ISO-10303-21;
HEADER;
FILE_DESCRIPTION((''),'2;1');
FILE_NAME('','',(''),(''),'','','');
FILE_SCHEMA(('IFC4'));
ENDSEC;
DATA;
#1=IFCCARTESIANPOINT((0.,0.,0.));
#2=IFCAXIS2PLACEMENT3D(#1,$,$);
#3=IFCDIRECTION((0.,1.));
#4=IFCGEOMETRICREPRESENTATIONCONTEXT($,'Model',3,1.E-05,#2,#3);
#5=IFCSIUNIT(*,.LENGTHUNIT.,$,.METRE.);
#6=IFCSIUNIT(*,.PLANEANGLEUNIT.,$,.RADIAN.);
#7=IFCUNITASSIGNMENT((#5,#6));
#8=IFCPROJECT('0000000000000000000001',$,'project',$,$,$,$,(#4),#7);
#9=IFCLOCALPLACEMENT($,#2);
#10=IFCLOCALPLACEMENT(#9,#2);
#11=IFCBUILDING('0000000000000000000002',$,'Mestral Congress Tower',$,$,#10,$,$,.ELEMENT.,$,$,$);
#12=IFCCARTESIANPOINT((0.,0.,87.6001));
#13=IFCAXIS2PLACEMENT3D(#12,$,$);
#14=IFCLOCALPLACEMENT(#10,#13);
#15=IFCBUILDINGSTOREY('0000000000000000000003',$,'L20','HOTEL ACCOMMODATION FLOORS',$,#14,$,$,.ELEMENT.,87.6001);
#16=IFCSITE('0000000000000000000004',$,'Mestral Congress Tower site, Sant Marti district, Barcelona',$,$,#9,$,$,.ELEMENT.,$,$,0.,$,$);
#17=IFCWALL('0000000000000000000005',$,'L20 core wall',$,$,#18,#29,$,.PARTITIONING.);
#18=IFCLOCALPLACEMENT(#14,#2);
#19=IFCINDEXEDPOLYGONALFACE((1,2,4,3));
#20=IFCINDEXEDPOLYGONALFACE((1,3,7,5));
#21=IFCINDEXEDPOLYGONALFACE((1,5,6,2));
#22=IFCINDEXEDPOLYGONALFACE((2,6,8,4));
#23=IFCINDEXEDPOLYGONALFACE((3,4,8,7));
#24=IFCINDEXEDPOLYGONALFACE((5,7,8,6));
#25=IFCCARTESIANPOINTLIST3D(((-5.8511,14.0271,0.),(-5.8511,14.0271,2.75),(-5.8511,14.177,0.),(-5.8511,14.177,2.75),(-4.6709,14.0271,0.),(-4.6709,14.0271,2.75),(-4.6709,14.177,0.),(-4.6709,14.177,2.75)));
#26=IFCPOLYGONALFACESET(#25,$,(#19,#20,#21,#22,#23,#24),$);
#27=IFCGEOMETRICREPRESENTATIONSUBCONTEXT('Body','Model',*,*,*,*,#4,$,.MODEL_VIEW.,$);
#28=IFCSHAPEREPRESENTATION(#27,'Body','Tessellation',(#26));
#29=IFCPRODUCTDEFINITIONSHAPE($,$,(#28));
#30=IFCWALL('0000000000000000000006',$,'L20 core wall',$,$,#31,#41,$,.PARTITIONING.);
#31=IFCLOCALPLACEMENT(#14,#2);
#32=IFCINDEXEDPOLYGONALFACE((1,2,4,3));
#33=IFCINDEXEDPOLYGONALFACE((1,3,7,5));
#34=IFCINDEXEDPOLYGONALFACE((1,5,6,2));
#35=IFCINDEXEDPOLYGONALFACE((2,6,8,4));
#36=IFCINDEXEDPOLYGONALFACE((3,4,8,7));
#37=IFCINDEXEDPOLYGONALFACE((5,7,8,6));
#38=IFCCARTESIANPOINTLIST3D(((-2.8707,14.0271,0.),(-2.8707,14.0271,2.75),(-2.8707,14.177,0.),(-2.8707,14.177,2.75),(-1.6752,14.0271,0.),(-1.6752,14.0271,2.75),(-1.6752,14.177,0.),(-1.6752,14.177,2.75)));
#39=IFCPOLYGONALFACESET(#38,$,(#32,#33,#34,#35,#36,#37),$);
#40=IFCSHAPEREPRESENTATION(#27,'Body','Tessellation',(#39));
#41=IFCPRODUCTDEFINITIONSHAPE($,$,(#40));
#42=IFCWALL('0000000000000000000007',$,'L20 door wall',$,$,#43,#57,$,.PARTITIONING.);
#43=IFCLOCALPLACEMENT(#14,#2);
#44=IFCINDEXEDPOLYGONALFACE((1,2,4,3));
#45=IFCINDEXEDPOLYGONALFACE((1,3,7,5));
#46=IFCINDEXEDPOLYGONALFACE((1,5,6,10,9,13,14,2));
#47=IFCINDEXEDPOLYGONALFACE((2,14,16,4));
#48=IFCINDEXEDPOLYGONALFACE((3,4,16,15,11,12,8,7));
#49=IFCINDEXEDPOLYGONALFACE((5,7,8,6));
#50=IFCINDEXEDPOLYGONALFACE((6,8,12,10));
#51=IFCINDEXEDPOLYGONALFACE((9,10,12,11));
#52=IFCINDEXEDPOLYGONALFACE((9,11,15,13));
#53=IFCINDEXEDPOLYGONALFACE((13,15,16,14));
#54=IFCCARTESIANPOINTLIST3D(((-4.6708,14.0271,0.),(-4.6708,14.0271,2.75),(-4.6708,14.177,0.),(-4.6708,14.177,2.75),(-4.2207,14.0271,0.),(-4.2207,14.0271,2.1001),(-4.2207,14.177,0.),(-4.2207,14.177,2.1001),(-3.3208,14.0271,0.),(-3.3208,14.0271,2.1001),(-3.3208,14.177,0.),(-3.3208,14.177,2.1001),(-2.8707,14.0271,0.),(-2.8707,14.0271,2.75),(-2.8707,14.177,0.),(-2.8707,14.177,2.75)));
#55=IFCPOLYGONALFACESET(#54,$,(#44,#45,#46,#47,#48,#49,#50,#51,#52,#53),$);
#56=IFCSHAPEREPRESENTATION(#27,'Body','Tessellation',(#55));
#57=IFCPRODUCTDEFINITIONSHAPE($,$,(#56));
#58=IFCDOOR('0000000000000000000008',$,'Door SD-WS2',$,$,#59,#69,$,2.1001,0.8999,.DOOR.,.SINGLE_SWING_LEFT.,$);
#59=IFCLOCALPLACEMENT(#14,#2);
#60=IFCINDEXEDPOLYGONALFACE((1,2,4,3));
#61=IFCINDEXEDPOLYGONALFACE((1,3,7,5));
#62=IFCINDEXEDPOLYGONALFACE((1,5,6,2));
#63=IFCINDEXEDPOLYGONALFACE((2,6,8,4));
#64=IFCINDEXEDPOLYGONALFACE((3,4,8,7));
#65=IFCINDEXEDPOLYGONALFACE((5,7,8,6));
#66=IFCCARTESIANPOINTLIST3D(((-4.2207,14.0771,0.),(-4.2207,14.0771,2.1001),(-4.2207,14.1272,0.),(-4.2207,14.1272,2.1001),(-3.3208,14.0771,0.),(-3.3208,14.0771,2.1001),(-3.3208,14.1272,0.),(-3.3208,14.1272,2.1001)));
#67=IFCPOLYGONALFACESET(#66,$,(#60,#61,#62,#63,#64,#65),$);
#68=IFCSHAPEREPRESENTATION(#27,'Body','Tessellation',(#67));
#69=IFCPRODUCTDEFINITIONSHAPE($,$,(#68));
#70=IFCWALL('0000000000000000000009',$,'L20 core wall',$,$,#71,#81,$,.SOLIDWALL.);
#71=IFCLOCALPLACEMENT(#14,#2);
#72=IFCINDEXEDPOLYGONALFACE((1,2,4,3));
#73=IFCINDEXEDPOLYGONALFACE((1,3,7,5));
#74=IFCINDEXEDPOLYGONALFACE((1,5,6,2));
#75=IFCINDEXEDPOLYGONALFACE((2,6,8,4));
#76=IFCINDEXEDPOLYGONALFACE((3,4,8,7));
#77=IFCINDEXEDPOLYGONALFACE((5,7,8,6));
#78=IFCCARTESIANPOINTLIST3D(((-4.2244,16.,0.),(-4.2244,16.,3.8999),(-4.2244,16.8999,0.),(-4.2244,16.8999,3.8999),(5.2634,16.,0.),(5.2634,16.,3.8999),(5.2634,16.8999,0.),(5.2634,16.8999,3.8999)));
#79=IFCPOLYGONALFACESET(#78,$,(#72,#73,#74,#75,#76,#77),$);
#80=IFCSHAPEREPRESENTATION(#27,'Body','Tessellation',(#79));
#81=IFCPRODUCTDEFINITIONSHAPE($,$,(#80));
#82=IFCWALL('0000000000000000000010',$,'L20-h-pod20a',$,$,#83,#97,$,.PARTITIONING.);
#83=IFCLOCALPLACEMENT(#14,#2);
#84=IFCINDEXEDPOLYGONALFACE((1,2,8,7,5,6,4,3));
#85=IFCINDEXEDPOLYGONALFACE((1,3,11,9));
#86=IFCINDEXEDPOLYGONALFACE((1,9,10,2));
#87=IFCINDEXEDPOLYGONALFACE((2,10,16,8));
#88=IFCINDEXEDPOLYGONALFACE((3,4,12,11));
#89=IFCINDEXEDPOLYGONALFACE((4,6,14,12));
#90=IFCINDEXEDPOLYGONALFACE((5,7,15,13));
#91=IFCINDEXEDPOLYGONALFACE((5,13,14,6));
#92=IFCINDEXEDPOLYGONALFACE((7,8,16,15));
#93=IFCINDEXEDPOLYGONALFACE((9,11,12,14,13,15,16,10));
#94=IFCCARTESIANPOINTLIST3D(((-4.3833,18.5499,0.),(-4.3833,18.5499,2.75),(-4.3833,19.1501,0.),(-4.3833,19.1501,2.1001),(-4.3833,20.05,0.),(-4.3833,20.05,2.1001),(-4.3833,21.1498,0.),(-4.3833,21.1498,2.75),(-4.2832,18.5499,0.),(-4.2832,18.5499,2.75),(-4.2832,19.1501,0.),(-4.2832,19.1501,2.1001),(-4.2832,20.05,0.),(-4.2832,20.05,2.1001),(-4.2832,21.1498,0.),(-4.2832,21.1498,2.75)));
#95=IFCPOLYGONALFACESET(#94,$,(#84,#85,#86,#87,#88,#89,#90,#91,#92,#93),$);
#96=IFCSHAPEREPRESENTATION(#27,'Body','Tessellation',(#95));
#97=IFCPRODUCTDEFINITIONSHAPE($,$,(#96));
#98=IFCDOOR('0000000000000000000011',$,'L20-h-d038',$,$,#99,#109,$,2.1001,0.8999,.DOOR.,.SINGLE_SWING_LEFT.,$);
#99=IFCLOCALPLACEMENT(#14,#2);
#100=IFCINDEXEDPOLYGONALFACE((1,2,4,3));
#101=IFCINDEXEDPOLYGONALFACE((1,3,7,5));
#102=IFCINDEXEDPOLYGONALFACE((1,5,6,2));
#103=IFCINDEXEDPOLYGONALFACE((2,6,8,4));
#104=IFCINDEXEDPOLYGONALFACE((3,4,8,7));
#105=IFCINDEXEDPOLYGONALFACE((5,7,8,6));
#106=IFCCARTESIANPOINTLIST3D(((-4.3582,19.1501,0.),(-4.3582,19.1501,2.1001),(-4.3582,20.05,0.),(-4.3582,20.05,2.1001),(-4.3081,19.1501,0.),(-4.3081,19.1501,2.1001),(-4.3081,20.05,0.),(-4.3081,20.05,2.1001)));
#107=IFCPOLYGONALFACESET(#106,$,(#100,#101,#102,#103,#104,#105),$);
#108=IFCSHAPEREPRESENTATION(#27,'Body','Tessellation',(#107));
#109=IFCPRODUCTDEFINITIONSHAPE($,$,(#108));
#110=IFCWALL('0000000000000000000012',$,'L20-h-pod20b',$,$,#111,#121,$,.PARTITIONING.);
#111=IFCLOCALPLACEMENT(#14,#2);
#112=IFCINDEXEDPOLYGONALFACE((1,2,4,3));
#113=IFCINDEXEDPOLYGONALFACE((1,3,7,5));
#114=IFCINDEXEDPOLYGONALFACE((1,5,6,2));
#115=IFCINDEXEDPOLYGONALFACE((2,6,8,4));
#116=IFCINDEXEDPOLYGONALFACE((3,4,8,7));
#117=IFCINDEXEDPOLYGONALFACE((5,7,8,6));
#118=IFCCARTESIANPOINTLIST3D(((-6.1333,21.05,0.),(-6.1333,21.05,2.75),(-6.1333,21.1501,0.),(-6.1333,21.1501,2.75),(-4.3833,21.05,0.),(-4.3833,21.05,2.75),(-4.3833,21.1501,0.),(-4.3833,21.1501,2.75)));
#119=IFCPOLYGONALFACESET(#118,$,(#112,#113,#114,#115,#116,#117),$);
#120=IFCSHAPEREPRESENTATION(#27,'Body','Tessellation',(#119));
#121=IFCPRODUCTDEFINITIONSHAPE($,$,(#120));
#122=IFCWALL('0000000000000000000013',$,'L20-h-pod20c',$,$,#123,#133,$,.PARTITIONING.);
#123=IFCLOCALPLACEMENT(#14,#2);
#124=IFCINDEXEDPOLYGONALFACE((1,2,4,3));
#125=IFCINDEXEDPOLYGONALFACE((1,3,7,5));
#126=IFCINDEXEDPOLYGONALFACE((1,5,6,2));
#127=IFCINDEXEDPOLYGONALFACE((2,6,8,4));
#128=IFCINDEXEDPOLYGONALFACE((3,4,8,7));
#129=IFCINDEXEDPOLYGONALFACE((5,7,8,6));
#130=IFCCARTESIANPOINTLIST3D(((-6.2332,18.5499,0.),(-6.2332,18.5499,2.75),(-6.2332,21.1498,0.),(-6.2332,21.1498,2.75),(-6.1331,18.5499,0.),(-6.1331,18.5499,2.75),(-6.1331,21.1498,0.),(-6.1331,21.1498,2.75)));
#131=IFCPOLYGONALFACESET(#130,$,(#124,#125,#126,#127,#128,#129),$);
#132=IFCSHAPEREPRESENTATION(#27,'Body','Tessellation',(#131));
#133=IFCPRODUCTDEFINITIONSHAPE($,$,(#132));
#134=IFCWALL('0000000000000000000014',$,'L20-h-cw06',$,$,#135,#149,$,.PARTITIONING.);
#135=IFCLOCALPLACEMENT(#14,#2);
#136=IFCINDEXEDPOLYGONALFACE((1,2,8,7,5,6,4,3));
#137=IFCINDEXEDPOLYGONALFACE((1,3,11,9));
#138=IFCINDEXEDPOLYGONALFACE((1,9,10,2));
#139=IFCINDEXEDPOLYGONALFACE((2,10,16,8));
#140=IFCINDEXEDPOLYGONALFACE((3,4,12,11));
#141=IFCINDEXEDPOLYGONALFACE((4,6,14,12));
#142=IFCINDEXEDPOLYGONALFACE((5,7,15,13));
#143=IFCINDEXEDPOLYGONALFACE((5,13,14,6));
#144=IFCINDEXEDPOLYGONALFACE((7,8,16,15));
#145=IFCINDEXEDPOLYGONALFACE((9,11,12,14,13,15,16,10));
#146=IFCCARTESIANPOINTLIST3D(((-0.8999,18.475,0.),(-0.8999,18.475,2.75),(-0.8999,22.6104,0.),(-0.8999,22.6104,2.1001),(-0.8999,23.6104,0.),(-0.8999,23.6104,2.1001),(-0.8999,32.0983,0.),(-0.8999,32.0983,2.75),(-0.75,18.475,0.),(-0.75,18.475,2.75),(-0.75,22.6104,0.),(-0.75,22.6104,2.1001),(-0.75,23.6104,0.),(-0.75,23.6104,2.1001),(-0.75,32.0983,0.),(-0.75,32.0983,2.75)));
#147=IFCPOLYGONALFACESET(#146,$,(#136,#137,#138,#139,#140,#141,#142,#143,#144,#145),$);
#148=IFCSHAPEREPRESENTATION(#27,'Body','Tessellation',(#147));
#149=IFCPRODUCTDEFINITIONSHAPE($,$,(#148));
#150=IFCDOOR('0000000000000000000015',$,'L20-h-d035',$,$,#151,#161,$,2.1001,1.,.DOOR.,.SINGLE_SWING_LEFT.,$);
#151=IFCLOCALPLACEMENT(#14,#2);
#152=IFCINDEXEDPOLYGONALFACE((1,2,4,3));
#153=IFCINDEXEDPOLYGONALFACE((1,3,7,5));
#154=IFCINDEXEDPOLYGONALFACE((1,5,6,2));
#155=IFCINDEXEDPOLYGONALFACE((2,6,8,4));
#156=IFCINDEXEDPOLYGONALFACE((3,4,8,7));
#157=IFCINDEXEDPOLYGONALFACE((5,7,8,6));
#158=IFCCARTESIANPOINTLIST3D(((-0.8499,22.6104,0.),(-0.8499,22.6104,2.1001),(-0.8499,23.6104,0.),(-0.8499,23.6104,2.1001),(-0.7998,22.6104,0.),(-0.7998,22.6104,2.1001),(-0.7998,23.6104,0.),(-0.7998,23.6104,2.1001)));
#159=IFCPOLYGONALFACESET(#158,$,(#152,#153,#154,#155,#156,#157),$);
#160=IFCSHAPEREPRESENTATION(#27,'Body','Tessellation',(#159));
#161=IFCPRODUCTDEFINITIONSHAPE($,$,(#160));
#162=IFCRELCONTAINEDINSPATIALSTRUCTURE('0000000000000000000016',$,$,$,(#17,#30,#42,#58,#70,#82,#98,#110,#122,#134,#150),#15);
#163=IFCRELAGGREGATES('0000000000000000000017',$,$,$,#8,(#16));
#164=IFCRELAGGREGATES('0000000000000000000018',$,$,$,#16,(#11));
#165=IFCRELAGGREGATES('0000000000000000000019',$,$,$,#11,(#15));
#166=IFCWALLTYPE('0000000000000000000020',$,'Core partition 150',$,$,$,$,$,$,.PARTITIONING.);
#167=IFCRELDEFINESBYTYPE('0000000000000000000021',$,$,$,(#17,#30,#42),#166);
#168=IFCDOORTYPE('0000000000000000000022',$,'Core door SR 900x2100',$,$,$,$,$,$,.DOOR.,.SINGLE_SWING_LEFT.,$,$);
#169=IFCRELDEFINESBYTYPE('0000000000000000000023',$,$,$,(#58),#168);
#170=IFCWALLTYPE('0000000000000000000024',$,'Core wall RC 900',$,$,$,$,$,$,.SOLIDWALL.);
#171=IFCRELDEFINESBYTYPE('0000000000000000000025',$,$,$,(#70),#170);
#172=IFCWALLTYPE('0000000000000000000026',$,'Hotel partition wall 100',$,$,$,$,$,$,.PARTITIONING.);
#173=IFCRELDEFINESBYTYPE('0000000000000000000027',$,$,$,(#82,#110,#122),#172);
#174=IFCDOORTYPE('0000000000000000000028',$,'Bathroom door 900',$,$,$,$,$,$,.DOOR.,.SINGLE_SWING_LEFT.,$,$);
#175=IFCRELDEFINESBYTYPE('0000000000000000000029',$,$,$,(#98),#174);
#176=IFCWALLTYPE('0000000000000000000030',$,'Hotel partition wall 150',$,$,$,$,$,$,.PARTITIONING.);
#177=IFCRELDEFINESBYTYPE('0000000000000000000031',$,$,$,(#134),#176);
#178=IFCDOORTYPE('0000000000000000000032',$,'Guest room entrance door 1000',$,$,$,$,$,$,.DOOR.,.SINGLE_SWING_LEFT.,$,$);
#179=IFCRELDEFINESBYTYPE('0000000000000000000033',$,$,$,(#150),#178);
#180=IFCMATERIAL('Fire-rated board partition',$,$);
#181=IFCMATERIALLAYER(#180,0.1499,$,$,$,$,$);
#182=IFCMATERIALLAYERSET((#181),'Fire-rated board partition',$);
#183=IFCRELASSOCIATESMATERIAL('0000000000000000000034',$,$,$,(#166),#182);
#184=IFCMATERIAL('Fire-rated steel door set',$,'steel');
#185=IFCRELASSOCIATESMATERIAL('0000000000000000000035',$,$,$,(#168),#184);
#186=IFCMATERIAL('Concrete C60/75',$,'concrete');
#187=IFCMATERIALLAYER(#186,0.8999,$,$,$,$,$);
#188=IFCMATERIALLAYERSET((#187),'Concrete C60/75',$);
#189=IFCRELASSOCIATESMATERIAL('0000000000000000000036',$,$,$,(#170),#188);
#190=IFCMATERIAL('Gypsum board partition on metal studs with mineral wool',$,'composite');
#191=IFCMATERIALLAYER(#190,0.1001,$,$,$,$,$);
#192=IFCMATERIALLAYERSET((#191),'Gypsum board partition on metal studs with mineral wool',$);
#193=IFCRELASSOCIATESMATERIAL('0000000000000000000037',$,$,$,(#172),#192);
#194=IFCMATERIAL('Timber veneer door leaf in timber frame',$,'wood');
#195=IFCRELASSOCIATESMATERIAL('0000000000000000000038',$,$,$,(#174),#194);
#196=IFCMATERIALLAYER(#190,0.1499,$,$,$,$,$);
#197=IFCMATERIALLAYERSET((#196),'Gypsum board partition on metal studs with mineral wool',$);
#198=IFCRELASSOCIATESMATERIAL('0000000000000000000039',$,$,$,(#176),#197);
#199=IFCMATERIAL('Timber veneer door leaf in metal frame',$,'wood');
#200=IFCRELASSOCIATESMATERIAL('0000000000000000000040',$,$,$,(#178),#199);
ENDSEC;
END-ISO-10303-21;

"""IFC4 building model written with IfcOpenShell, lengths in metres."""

from ifc_helpers import new_model, si_unit, direction, frame, frame_2d, origin, place, context, subcontext, project, spatial, rectangle, extrude, material, layer, layer_set, type_object, element, fill, save


model = new_model("IFC4")

# Units and contexts
model_context = context("Model", 3, precision=1e-05, world=origin(), true_north=direction((0.0, 1.0)))
body_context = subcontext(model_context, "Body", "Model", "MODEL_VIEW")
ifc_project = project(units=[si_unit("LENGTHUNIT", "METRE"), si_unit("PLANEANGLEUNIT", "RADIAN")], contexts=[model_context])

# Site, building, storey
site_placement = place(None, origin())
site = spatial("IfcSite", under=ifc_project, at=site_placement, Name="Mestral Congress Tower site, Sant Marti district, Barcelona", CompositionType="ELEMENT", RefElevation=0.0)
building_placement = place(site_placement, origin())
building = spatial("IfcBuilding", under=site, at=building_placement, Name="Mestral Congress Tower", CompositionType="ELEMENT")
storey_placement = place(building_placement, frame((0.0, 0.0, 87.6001)))
storey = spatial("IfcBuildingStorey", under=building, at=storey_placement, Name="L20", Description="HOTEL ACCOMMODATION FLOORS", CompositionType="ELEMENT", Elevation=87.6001)

# Walls
ifc_material_1 = material(Name="Fire-rated board partition")
ifc_layer_1 = layer(ifc_material_1, 0.1499)
ifc_layer_set_1 = layer_set([ifc_layer_1], Name="Fire-rated board partition")
wall_type_1 = type_object("IfcWallType", Name="Core partition 150", PredefinedType="PARTITIONING", material=ifc_layer_set_1)
wall_1_placement = place(storey_placement, frame((-5.8511, 14.1021, 0.0), z_axis=(0.0, 0.0, 1.0), x_axis=(1.0, 0.0, 0.0)))
element("IfcWall", 1, at=wall_1_placement, inside=storey, type_object=wall_type_1, Name="L20 core wall", PredefinedType="PARTITIONING", context=body_context, shape_type="SweptSolid", body=[
    extrude(rectangle(XDim=1.1802, YDim=0.1499, at=frame_2d((0.5901, 0.0))), origin(), (0.0, 0.0, 1.0), 2.75),
])
wall_2_placement = place(storey_placement, frame((-2.8706, 14.1021, 0.0), z_axis=(0.0, 0.0, 1.0), x_axis=(1.0, 0.0, 0.0)))
element("IfcWall", 2, at=wall_2_placement, inside=storey, type_object=wall_type_1, Name="L20 core wall", PredefinedType="PARTITIONING", context=body_context, shape_type="SweptSolid", body=[
    extrude(rectangle(XDim=1.1956, YDim=0.1499, at=frame_2d((0.5977, 0.0))), origin(), (0.0, 0.0, 1.0), 2.75),
])

# Wall, opening, door
wall_3_placement = place(storey_placement, frame((-2.8708, 14.1021, 0.0), z_axis=(0.0, 0.0, 1.0), x_axis=(-1.0, 0.0, 0.0)))
wall_3 = element("IfcWall", 3, at=wall_3_placement, inside=storey, type_object=wall_type_1, Name="L20 door wall", PredefinedType="PARTITIONING", context=body_context, shape_type="SweptSolid", body=[
    extrude(rectangle(XDim=1.8, YDim=0.1499, at=frame_2d((0.8999, 0.0))), origin(), (0.0, 0.0, 1.0), 2.75),
])
opening_1_placement = place(wall_3_placement, frame((0.45, 0.0, 0.0)))
opening_1 = element("IfcOpeningElement", 4, at=opening_1_placement, cuts=wall_3, PredefinedType="OPENING", context=body_context, shape_type="SweptSolid", body=[
    extrude(rectangle(XDim=0.8999, YDim=2.1001, at=frame_2d((0.45, 1.05))), frame((0.0, 0.085, 0.0), z_axis=(0.0, -1.0, 0.0), x_axis=(1.0, 0.0, 0.0)), (0.0, 0.0, 1.0), 0.1699),
])
ifc_material_2 = material(Name="Fire-rated steel door set", Category="steel")
door_type_1 = type_object("IfcDoorType", Name="Core door SR 900x2100", OperationType="SINGLE_SWING_LEFT", PredefinedType="DOOR", material=ifc_material_2)
door_1_placement = place(opening_1_placement, origin())
door_1 = element("IfcDoor", 5, at=door_1_placement, inside=storey, type_object=door_type_1, Name="Door SD-WS2", OperationType="SINGLE_SWING_LEFT", OverallHeight=2.1001, OverallWidth=0.8999, PredefinedType="DOOR", context=body_context, shape_type="SweptSolid", body=[
    extrude(rectangle(XDim=0.8999, YDim=2.1001, at=frame_2d((0.45, 1.05))), frame((0.0, 0.0249, 0.0), z_axis=(0.0, -1.0, 0.0), x_axis=(1.0, 0.0, 0.0)), (0.0, 0.0, 1.0), 0.05),
])
fill(opening_1, door_1)

# Wall
ifc_material_3 = material(Name="Concrete C60/75", Category="concrete")
ifc_layer_2 = layer(ifc_material_3, 0.8999)
ifc_layer_set_2 = layer_set([ifc_layer_2], Name="Concrete C60/75")
wall_type_2 = type_object("IfcWallType", Name="Core wall RC 900", PredefinedType="SOLIDWALL", material=ifc_layer_set_2)
wall_4_placement = place(storey_placement, frame((-4.2244, 16.45, 0.0), z_axis=(0.0, 0.0, 1.0), x_axis=(1.0, 0.0, 0.0)))
element("IfcWall", 6, at=wall_4_placement, inside=storey, type_object=wall_type_2, Name="L20 core wall", PredefinedType="SOLIDWALL", context=body_context, shape_type="SweptSolid", body=[
    extrude(rectangle(XDim=9.4878, YDim=0.8999, at=frame_2d((4.7439, 0.0))), origin(), (0.0, 0.0, 1.0), 3.8999),
])

# Wall, opening, door
ifc_material_4 = material(Name="Gypsum board partition on metal studs with mineral wool", Category="composite")
ifc_layer_3 = layer(ifc_material_4, 0.1001)
ifc_layer_set_3 = layer_set([ifc_layer_3], Name="Gypsum board partition on metal studs with mineral wool")
wall_type_3 = type_object("IfcWallType", Name="Hotel partition wall 100", PredefinedType="PARTITIONING", material=ifc_layer_set_3)
wall_5_placement = place(storey_placement, frame((-4.3333, 18.55, 0.0), z_axis=(0.0, 0.0, 1.0), x_axis=(0.0, 1.0, 0.0)))
wall_5 = element("IfcWall", 7, at=wall_5_placement, inside=storey, type_object=wall_type_3, Name="L20-h-pod20a", PredefinedType="PARTITIONING", context=body_context, shape_type="SweptSolid", body=[
    extrude(rectangle(XDim=2.5999, YDim=0.1001, at=frame_2d((1.2998, 0.0))), origin(), (0.0, 0.0, 1.0), 2.75),
])
opening_2_placement = place(wall_5_placement, frame((0.6001, 0.0, 0.0)))
opening_2 = element("IfcOpeningElement", 8, at=opening_2_placement, cuts=wall_5, PredefinedType="OPENING", context=body_context, shape_type="SweptSolid", body=[
    extrude(rectangle(XDim=0.8999, YDim=2.1001, at=frame_2d((0.45, 1.05))), frame((0.0, 0.0601, 0.0), z_axis=(0.0, -1.0, 0.0), x_axis=(1.0, 0.0, 0.0)), (0.0, 0.0, 1.0), 0.1201),
])
ifc_material_5 = material(Name="Timber veneer door leaf in timber frame", Category="wood")
door_type_2 = type_object("IfcDoorType", Name="Bathroom door 900", OperationType="SINGLE_SWING_LEFT", PredefinedType="DOOR", material=ifc_material_5)
door_2_placement = place(opening_2_placement, origin())
door_2 = element("IfcDoor", 9, at=door_2_placement, inside=storey, type_object=door_type_2, Name="L20-h-d038", OperationType="SINGLE_SWING_LEFT", OverallHeight=2.1001, OverallWidth=0.8999, PredefinedType="DOOR", context=body_context, shape_type="SweptSolid", body=[
    extrude(rectangle(XDim=0.8999, YDim=2.1001, at=frame_2d((0.45, 1.05))), frame((0.0, 0.0249, 0.0), z_axis=(0.0, -1.0, 0.0), x_axis=(1.0, 0.0, 0.0)), (0.0, 0.0, 1.0), 0.05),
])
fill(opening_2, door_2)

# Walls
wall_6_placement = place(storey_placement, frame((-4.3833, 21.1001, 0.0), z_axis=(0.0, 0.0, 1.0), x_axis=(-1.0, 0.0, 0.0)))
element("IfcWall", 10, at=wall_6_placement, inside=storey, type_object=wall_type_3, Name="L20-h-pod20b", PredefinedType="PARTITIONING", context=body_context, shape_type="SweptSolid", body=[
    extrude(rectangle(XDim=1.75, YDim=0.1001, at=frame_2d((0.875, 0.0))), origin(), (0.0, 0.0, 1.0), 2.75),
])
wall_7_placement = place(storey_placement, frame((-6.1831, 18.55, 0.0), z_axis=(0.0, 0.0, 1.0), x_axis=(0.0, 1.0, 0.0)))
element("IfcWall", 11, at=wall_7_placement, inside=storey, type_object=wall_type_3, Name="L20-h-pod20c", PredefinedType="PARTITIONING", context=body_context, shape_type="SweptSolid", body=[
    extrude(rectangle(XDim=2.5999, YDim=0.1001, at=frame_2d((1.2998, 0.0))), origin(), (0.0, 0.0, 1.0), 2.75),
])

# Wall, opening, door
ifc_layer_4 = layer(ifc_material_4, 0.1499)
ifc_layer_set_4 = layer_set([ifc_layer_4], Name="Gypsum board partition on metal studs with mineral wool")
wall_type_4 = type_object("IfcWallType", Name="Hotel partition wall 150", PredefinedType="PARTITIONING", material=ifc_layer_set_4)
wall_8_placement = place(storey_placement, frame((-0.825, 18.4751, 0.0), z_axis=(0.0, 0.0, 1.0), x_axis=(0.0, 1.0, 0.0)))
wall_8 = element("IfcWall", 12, at=wall_8_placement, inside=storey, type_object=wall_type_4, Name="L20-h-cw06", PredefinedType="PARTITIONING", context=body_context, shape_type="SweptSolid", body=[
    extrude(rectangle(XDim=13.6233, YDim=0.1499, at=frame_2d((6.8115, 0.0))), origin(), (0.0, 0.0, 1.0), 2.75),
])
opening_3_placement = place(wall_8_placement, frame((4.1353, 0.0, 0.0)))
opening_3 = element("IfcOpeningElement", 13, at=opening_3_placement, cuts=wall_8, PredefinedType="OPENING", context=body_context, shape_type="SweptSolid", body=[
    extrude(rectangle(XDim=1.0, YDim=2.1001, at=frame_2d((0.5, 1.05))), frame((0.0, 0.085, 0.0), z_axis=(0.0, -1.0, 0.0), x_axis=(1.0, 0.0, 0.0)), (0.0, 0.0, 1.0), 0.1699),
])
ifc_material_6 = material(Name="Timber veneer door leaf in metal frame", Category="wood")
door_type_3 = type_object("IfcDoorType", Name="Guest room entrance door 1000", OperationType="SINGLE_SWING_LEFT", PredefinedType="DOOR", material=ifc_material_6)
door_3_placement = place(opening_3_placement, origin())
door_3 = element("IfcDoor", 14, at=door_3_placement, inside=storey, type_object=door_type_3, Name="L20-h-d035", OperationType="SINGLE_SWING_LEFT", OverallHeight=2.1001, OverallWidth=1.0, PredefinedType="DOOR", context=body_context, shape_type="SweptSolid", body=[
    extrude(rectangle(XDim=1.0, YDim=2.1001, at=frame_2d((0.5, 1.05))), frame((0.0, 0.0249, 0.0), z_axis=(0.0, -1.0, 0.0), x_axis=(1.0, 0.0, 0.0)), (0.0, 0.0, 1.0), 0.05),
])
fill(opening_3, door_3)

save(model, "model.ifc")
